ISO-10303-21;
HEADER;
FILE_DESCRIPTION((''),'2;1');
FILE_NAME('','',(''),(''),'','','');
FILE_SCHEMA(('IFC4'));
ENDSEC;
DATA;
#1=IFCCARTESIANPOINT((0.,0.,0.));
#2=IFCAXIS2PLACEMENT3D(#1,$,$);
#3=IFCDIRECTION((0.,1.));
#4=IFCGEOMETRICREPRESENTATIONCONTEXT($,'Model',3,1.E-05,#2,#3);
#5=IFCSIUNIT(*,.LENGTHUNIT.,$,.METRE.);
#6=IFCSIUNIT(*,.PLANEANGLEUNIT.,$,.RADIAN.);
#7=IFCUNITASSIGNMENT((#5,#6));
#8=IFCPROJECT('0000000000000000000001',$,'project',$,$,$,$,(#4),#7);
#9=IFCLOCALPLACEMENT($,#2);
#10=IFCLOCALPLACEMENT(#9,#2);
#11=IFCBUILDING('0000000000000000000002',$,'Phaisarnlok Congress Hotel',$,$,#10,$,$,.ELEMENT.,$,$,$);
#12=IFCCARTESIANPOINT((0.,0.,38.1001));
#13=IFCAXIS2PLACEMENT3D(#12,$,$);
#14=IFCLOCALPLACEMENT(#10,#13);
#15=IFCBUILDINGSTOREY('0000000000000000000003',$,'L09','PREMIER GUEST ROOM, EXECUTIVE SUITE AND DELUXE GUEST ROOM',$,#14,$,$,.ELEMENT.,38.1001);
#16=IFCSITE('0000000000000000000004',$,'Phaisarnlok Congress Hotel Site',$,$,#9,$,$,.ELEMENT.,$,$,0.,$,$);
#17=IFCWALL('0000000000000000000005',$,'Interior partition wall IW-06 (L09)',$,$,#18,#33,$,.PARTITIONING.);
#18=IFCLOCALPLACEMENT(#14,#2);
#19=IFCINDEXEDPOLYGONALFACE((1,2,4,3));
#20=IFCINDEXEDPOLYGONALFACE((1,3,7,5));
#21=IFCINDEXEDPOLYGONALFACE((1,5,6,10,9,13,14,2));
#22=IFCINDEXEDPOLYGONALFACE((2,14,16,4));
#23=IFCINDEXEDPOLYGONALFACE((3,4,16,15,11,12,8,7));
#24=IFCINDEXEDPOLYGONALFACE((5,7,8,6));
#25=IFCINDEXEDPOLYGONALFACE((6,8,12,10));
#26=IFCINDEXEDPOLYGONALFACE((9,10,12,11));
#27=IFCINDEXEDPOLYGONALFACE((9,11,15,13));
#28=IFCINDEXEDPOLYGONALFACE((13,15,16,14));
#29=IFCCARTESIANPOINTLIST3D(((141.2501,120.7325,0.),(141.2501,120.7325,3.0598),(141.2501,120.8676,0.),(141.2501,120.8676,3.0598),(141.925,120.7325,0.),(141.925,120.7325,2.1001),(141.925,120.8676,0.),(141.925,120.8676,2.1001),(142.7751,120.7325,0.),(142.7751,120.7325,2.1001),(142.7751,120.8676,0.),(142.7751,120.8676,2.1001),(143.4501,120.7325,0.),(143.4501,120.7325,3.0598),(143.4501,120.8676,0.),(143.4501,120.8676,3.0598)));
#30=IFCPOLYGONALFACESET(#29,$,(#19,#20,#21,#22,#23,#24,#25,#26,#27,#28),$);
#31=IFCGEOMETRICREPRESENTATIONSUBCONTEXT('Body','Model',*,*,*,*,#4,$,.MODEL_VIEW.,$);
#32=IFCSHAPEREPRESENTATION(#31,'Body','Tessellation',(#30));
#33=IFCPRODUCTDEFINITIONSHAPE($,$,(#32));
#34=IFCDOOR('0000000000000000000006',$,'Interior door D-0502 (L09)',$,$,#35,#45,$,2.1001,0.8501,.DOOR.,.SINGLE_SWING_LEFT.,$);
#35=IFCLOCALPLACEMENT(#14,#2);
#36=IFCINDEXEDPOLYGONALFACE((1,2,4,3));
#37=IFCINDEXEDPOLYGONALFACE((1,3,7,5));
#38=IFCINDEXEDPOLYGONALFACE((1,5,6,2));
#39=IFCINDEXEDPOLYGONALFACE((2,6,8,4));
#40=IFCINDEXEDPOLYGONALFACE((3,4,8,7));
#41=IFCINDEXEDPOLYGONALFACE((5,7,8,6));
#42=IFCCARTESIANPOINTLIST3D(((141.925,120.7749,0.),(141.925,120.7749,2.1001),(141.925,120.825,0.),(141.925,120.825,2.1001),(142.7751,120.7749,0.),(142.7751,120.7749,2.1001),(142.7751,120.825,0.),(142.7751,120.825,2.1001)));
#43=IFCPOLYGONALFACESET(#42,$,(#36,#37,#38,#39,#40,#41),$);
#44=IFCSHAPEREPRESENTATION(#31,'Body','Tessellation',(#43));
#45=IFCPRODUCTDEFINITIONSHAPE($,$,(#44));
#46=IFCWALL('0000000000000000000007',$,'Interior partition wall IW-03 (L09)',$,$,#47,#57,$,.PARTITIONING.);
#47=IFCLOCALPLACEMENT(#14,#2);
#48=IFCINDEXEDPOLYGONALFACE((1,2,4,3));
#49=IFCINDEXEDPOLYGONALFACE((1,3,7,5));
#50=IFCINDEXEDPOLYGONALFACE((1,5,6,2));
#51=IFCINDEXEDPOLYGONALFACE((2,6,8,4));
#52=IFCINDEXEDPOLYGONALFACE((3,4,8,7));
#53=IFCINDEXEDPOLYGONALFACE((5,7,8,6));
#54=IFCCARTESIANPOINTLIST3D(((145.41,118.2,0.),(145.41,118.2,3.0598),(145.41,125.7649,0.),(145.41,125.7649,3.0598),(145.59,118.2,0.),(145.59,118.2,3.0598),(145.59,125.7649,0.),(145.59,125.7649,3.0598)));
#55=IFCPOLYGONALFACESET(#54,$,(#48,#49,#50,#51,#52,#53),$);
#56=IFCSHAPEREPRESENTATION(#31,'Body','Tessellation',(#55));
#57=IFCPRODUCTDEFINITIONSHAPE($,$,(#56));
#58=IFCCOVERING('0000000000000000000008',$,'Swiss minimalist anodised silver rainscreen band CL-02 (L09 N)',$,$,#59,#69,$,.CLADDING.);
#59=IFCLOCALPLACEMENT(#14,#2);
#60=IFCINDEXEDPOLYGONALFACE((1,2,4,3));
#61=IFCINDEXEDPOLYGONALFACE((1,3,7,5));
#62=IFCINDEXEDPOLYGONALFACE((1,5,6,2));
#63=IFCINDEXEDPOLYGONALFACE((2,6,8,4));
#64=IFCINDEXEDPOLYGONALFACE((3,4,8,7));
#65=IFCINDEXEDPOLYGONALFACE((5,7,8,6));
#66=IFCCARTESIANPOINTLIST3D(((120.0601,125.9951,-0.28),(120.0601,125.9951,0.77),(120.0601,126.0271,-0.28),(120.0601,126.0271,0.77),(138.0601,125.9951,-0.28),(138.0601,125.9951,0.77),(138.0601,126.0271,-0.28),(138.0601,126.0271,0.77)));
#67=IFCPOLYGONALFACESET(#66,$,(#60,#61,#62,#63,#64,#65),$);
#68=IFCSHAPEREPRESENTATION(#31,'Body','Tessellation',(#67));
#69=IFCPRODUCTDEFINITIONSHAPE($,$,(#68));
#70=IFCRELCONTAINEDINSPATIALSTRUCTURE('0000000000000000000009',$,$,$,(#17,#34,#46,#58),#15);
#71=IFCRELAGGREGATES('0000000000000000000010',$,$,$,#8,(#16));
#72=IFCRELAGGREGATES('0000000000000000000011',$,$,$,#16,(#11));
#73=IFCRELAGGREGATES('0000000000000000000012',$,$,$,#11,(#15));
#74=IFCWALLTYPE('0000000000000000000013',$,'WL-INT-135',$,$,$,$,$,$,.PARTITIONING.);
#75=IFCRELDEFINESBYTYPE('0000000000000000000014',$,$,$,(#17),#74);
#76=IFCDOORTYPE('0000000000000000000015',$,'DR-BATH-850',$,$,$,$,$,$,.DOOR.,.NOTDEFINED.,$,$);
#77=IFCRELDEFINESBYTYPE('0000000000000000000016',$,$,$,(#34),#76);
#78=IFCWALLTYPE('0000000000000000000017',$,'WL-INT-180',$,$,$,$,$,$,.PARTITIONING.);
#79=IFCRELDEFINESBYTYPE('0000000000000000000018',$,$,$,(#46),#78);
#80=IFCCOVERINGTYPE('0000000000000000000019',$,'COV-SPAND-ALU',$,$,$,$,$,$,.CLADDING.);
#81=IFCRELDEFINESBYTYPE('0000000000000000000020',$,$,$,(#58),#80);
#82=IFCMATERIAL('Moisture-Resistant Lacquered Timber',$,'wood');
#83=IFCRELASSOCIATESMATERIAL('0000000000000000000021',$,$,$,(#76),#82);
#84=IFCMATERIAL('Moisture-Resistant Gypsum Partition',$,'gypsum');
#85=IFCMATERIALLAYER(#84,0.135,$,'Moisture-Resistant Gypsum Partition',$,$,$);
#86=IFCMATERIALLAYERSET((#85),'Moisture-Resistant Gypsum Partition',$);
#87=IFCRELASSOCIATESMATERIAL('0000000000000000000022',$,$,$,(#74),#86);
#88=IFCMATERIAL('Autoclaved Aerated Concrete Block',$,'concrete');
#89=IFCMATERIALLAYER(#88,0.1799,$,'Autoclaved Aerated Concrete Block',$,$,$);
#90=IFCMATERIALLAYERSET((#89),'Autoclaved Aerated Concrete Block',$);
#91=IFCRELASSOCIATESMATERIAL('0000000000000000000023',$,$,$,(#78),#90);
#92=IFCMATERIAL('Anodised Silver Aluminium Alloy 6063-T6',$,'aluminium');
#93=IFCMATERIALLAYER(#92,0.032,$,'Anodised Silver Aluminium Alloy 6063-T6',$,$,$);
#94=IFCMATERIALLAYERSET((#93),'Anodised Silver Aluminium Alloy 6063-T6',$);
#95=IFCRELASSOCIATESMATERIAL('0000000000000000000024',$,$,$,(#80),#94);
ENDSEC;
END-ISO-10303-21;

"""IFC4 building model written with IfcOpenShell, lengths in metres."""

from ifc_helpers import new_model, si_unit, direction, frame, frame_2d, origin, place, context, subcontext, project, spatial, polyline, rectangle, outline, extrude, material, layer, layer_set, type_object, element, fill, save


model = new_model("IFC4")

# Units and contexts
model_context = context("Model", 3, precision=1e-05, world=origin(), true_north=direction((0.0, 1.0)))
body_context = subcontext(model_context, "Body", "Model", "MODEL_VIEW")
ifc_project = project(units=[si_unit("LENGTHUNIT", "METRE"), si_unit("PLANEANGLEUNIT", "RADIAN")], contexts=[model_context])

# Site, building, storey
site_placement = place(None, origin())
site = spatial("IfcSite", under=ifc_project, at=site_placement, Name="Phaisarnlok Congress Hotel Site", CompositionType="ELEMENT", RefElevation=0.0)
building_placement = place(site_placement, origin())
building = spatial("IfcBuilding", under=site, at=building_placement, Name="Phaisarnlok Congress Hotel", CompositionType="ELEMENT")
storey_placement = place(building_placement, frame((0.0, 0.0, 38.1001)))
storey = spatial("IfcBuildingStorey", under=building, at=storey_placement, Name="L09", Description="PREMIER GUEST ROOM, EXECUTIVE SUITE AND DELUXE GUEST ROOM", CompositionType="ELEMENT", Elevation=38.1001)

# Shared definitions
ifc_material_1 = material(Name="Moisture-Resistant Lacquered Timber", Category="wood")
door_type = type_object("IfcDoorType", Name="DR-BATH-850", OperationType="NOTDEFINED", PredefinedType="DOOR", material=ifc_material_1)

# Shared definitions
ifc_material_2 = material(Name="Moisture-Resistant Gypsum Partition", Category="gypsum")
ifc_layer_1 = layer(ifc_material_2, 0.135, Name="Moisture-Resistant Gypsum Partition")
ifc_layer_set_1 = layer_set([ifc_layer_1], Name="Moisture-Resistant Gypsum Partition")
wall_type_1 = type_object("IfcWallType", Name="WL-INT-135", PredefinedType="PARTITIONING", material=ifc_layer_set_1)

# Wall, opening, door
wall_1_placement = place(storey_placement, frame((141.25, 120.8, 0.0), z_axis=(0.0, 0.0, 1.0), x_axis=(1.0, 0.0, 0.0)))
wall_1 = element("IfcWall", 1, at=wall_1_placement, inside=storey, type_object=wall_type_1, Name="Interior partition wall IW-06 (L09)", PredefinedType="PARTITIONING", context=body_context, shape_type="SweptSolid", body=[
    extrude(rectangle(XDim=2.2, YDim=0.135, at=frame_2d((1.1001, 0.0))), origin(), (0.0, 0.0, 1.0), 3.0598),
])
opening_1_placement = place(wall_1_placement, frame((0.675, 0.0, 0.0)))
opening_1 = element("IfcOpeningElement", 2, at=opening_1_placement, cuts=wall_1, PredefinedType="OPENING", context=body_context, shape_type="SweptSolid", body=[
    extrude(rectangle(XDim=0.8501, YDim=2.1001, at=frame_2d((0.425, 1.05))), frame((0.0, 0.0776, 0.0), z_axis=(0.0, -1.0, 0.0), x_axis=(1.0, 0.0, 0.0)), (0.0, 0.0, 1.0), 0.155),
])
door_1_placement = place(opening_1_placement, origin())
door_1 = element("IfcDoor", 3, at=door_1_placement, inside=storey, type_object=door_type, Name="Interior door D-0502 (L09)", OperationType="SINGLE_SWING_LEFT", OverallHeight=2.1001, OverallWidth=0.8501, PredefinedType="DOOR", context=body_context, shape_type="SweptSolid", body=[
    extrude(rectangle(XDim=0.8501, YDim=2.1001, at=frame_2d((0.425, 1.05))), frame((0.0, 0.0249, 0.0), z_axis=(0.0, -1.0, 0.0), x_axis=(1.0, 0.0, 0.0)), (0.0, 0.0, 1.0), 0.05),
])
fill(opening_1, door_1)

# Wall
ifc_material_3 = material(Name="Autoclaved Aerated Concrete Block", Category="concrete")
ifc_layer_2 = layer(ifc_material_3, 0.1799, Name="Autoclaved Aerated Concrete Block")
ifc_layer_set_2 = layer_set([ifc_layer_2], Name="Autoclaved Aerated Concrete Block")
wall_type_2 = type_object("IfcWallType", Name="WL-INT-180", PredefinedType="PARTITIONING", material=ifc_layer_set_2)
wall_2_placement = place(storey_placement, frame((145.5, 118.2, 0.0), z_axis=(0.0, 0.0, 1.0), x_axis=(0.0, 1.0, 0.0)))
element("IfcWall", 4, at=wall_2_placement, inside=storey, type_object=wall_type_2, Name="Interior partition wall IW-03 (L09)", PredefinedType="PARTITIONING", context=body_context, shape_type="SweptSolid", body=[
    extrude(rectangle(XDim=7.5649, YDim=0.1799, at=frame_2d((3.7825, 0.0))), origin(), (0.0, 0.0, 1.0), 3.0598),
])

# Covering
ifc_material_4 = material(Name="Anodised Silver Aluminium Alloy 6063-T6", Category="aluminium")
ifc_layer_3 = layer(ifc_material_4, 0.032, Name="Anodised Silver Aluminium Alloy 6063-T6")
ifc_layer_set_3 = layer_set([ifc_layer_3], Name="Anodised Silver Aluminium Alloy 6063-T6")
covering_type = type_object("IfcCoveringType", Name="COV-SPAND-ALU", PredefinedType="CLADDING", material=ifc_layer_set_3)
covering_placement = place(storey_placement, frame((138.0601, 125.9951, -0.28), z_axis=(0.0, 1.0, 0.0), x_axis=(-1.0, 0.0, 0.0)))
element("IfcCovering", 5, at=covering_placement, inside=storey, type_object=covering_type, Name="Swiss minimalist anodised silver rainscreen band CL-02 (L09 N)", PredefinedType="CLADDING", context=body_context, shape_type="SweptSolid", body=[
    extrude(outline(polyline([(0.0, 0.0), (18.0, 0.0), (18.0, 1.05), (0.0, 1.05), (0.0, 0.0)])), origin(), (0.0, 0.0, 1.0), 0.032),
])

save(model, "model.ifc")
